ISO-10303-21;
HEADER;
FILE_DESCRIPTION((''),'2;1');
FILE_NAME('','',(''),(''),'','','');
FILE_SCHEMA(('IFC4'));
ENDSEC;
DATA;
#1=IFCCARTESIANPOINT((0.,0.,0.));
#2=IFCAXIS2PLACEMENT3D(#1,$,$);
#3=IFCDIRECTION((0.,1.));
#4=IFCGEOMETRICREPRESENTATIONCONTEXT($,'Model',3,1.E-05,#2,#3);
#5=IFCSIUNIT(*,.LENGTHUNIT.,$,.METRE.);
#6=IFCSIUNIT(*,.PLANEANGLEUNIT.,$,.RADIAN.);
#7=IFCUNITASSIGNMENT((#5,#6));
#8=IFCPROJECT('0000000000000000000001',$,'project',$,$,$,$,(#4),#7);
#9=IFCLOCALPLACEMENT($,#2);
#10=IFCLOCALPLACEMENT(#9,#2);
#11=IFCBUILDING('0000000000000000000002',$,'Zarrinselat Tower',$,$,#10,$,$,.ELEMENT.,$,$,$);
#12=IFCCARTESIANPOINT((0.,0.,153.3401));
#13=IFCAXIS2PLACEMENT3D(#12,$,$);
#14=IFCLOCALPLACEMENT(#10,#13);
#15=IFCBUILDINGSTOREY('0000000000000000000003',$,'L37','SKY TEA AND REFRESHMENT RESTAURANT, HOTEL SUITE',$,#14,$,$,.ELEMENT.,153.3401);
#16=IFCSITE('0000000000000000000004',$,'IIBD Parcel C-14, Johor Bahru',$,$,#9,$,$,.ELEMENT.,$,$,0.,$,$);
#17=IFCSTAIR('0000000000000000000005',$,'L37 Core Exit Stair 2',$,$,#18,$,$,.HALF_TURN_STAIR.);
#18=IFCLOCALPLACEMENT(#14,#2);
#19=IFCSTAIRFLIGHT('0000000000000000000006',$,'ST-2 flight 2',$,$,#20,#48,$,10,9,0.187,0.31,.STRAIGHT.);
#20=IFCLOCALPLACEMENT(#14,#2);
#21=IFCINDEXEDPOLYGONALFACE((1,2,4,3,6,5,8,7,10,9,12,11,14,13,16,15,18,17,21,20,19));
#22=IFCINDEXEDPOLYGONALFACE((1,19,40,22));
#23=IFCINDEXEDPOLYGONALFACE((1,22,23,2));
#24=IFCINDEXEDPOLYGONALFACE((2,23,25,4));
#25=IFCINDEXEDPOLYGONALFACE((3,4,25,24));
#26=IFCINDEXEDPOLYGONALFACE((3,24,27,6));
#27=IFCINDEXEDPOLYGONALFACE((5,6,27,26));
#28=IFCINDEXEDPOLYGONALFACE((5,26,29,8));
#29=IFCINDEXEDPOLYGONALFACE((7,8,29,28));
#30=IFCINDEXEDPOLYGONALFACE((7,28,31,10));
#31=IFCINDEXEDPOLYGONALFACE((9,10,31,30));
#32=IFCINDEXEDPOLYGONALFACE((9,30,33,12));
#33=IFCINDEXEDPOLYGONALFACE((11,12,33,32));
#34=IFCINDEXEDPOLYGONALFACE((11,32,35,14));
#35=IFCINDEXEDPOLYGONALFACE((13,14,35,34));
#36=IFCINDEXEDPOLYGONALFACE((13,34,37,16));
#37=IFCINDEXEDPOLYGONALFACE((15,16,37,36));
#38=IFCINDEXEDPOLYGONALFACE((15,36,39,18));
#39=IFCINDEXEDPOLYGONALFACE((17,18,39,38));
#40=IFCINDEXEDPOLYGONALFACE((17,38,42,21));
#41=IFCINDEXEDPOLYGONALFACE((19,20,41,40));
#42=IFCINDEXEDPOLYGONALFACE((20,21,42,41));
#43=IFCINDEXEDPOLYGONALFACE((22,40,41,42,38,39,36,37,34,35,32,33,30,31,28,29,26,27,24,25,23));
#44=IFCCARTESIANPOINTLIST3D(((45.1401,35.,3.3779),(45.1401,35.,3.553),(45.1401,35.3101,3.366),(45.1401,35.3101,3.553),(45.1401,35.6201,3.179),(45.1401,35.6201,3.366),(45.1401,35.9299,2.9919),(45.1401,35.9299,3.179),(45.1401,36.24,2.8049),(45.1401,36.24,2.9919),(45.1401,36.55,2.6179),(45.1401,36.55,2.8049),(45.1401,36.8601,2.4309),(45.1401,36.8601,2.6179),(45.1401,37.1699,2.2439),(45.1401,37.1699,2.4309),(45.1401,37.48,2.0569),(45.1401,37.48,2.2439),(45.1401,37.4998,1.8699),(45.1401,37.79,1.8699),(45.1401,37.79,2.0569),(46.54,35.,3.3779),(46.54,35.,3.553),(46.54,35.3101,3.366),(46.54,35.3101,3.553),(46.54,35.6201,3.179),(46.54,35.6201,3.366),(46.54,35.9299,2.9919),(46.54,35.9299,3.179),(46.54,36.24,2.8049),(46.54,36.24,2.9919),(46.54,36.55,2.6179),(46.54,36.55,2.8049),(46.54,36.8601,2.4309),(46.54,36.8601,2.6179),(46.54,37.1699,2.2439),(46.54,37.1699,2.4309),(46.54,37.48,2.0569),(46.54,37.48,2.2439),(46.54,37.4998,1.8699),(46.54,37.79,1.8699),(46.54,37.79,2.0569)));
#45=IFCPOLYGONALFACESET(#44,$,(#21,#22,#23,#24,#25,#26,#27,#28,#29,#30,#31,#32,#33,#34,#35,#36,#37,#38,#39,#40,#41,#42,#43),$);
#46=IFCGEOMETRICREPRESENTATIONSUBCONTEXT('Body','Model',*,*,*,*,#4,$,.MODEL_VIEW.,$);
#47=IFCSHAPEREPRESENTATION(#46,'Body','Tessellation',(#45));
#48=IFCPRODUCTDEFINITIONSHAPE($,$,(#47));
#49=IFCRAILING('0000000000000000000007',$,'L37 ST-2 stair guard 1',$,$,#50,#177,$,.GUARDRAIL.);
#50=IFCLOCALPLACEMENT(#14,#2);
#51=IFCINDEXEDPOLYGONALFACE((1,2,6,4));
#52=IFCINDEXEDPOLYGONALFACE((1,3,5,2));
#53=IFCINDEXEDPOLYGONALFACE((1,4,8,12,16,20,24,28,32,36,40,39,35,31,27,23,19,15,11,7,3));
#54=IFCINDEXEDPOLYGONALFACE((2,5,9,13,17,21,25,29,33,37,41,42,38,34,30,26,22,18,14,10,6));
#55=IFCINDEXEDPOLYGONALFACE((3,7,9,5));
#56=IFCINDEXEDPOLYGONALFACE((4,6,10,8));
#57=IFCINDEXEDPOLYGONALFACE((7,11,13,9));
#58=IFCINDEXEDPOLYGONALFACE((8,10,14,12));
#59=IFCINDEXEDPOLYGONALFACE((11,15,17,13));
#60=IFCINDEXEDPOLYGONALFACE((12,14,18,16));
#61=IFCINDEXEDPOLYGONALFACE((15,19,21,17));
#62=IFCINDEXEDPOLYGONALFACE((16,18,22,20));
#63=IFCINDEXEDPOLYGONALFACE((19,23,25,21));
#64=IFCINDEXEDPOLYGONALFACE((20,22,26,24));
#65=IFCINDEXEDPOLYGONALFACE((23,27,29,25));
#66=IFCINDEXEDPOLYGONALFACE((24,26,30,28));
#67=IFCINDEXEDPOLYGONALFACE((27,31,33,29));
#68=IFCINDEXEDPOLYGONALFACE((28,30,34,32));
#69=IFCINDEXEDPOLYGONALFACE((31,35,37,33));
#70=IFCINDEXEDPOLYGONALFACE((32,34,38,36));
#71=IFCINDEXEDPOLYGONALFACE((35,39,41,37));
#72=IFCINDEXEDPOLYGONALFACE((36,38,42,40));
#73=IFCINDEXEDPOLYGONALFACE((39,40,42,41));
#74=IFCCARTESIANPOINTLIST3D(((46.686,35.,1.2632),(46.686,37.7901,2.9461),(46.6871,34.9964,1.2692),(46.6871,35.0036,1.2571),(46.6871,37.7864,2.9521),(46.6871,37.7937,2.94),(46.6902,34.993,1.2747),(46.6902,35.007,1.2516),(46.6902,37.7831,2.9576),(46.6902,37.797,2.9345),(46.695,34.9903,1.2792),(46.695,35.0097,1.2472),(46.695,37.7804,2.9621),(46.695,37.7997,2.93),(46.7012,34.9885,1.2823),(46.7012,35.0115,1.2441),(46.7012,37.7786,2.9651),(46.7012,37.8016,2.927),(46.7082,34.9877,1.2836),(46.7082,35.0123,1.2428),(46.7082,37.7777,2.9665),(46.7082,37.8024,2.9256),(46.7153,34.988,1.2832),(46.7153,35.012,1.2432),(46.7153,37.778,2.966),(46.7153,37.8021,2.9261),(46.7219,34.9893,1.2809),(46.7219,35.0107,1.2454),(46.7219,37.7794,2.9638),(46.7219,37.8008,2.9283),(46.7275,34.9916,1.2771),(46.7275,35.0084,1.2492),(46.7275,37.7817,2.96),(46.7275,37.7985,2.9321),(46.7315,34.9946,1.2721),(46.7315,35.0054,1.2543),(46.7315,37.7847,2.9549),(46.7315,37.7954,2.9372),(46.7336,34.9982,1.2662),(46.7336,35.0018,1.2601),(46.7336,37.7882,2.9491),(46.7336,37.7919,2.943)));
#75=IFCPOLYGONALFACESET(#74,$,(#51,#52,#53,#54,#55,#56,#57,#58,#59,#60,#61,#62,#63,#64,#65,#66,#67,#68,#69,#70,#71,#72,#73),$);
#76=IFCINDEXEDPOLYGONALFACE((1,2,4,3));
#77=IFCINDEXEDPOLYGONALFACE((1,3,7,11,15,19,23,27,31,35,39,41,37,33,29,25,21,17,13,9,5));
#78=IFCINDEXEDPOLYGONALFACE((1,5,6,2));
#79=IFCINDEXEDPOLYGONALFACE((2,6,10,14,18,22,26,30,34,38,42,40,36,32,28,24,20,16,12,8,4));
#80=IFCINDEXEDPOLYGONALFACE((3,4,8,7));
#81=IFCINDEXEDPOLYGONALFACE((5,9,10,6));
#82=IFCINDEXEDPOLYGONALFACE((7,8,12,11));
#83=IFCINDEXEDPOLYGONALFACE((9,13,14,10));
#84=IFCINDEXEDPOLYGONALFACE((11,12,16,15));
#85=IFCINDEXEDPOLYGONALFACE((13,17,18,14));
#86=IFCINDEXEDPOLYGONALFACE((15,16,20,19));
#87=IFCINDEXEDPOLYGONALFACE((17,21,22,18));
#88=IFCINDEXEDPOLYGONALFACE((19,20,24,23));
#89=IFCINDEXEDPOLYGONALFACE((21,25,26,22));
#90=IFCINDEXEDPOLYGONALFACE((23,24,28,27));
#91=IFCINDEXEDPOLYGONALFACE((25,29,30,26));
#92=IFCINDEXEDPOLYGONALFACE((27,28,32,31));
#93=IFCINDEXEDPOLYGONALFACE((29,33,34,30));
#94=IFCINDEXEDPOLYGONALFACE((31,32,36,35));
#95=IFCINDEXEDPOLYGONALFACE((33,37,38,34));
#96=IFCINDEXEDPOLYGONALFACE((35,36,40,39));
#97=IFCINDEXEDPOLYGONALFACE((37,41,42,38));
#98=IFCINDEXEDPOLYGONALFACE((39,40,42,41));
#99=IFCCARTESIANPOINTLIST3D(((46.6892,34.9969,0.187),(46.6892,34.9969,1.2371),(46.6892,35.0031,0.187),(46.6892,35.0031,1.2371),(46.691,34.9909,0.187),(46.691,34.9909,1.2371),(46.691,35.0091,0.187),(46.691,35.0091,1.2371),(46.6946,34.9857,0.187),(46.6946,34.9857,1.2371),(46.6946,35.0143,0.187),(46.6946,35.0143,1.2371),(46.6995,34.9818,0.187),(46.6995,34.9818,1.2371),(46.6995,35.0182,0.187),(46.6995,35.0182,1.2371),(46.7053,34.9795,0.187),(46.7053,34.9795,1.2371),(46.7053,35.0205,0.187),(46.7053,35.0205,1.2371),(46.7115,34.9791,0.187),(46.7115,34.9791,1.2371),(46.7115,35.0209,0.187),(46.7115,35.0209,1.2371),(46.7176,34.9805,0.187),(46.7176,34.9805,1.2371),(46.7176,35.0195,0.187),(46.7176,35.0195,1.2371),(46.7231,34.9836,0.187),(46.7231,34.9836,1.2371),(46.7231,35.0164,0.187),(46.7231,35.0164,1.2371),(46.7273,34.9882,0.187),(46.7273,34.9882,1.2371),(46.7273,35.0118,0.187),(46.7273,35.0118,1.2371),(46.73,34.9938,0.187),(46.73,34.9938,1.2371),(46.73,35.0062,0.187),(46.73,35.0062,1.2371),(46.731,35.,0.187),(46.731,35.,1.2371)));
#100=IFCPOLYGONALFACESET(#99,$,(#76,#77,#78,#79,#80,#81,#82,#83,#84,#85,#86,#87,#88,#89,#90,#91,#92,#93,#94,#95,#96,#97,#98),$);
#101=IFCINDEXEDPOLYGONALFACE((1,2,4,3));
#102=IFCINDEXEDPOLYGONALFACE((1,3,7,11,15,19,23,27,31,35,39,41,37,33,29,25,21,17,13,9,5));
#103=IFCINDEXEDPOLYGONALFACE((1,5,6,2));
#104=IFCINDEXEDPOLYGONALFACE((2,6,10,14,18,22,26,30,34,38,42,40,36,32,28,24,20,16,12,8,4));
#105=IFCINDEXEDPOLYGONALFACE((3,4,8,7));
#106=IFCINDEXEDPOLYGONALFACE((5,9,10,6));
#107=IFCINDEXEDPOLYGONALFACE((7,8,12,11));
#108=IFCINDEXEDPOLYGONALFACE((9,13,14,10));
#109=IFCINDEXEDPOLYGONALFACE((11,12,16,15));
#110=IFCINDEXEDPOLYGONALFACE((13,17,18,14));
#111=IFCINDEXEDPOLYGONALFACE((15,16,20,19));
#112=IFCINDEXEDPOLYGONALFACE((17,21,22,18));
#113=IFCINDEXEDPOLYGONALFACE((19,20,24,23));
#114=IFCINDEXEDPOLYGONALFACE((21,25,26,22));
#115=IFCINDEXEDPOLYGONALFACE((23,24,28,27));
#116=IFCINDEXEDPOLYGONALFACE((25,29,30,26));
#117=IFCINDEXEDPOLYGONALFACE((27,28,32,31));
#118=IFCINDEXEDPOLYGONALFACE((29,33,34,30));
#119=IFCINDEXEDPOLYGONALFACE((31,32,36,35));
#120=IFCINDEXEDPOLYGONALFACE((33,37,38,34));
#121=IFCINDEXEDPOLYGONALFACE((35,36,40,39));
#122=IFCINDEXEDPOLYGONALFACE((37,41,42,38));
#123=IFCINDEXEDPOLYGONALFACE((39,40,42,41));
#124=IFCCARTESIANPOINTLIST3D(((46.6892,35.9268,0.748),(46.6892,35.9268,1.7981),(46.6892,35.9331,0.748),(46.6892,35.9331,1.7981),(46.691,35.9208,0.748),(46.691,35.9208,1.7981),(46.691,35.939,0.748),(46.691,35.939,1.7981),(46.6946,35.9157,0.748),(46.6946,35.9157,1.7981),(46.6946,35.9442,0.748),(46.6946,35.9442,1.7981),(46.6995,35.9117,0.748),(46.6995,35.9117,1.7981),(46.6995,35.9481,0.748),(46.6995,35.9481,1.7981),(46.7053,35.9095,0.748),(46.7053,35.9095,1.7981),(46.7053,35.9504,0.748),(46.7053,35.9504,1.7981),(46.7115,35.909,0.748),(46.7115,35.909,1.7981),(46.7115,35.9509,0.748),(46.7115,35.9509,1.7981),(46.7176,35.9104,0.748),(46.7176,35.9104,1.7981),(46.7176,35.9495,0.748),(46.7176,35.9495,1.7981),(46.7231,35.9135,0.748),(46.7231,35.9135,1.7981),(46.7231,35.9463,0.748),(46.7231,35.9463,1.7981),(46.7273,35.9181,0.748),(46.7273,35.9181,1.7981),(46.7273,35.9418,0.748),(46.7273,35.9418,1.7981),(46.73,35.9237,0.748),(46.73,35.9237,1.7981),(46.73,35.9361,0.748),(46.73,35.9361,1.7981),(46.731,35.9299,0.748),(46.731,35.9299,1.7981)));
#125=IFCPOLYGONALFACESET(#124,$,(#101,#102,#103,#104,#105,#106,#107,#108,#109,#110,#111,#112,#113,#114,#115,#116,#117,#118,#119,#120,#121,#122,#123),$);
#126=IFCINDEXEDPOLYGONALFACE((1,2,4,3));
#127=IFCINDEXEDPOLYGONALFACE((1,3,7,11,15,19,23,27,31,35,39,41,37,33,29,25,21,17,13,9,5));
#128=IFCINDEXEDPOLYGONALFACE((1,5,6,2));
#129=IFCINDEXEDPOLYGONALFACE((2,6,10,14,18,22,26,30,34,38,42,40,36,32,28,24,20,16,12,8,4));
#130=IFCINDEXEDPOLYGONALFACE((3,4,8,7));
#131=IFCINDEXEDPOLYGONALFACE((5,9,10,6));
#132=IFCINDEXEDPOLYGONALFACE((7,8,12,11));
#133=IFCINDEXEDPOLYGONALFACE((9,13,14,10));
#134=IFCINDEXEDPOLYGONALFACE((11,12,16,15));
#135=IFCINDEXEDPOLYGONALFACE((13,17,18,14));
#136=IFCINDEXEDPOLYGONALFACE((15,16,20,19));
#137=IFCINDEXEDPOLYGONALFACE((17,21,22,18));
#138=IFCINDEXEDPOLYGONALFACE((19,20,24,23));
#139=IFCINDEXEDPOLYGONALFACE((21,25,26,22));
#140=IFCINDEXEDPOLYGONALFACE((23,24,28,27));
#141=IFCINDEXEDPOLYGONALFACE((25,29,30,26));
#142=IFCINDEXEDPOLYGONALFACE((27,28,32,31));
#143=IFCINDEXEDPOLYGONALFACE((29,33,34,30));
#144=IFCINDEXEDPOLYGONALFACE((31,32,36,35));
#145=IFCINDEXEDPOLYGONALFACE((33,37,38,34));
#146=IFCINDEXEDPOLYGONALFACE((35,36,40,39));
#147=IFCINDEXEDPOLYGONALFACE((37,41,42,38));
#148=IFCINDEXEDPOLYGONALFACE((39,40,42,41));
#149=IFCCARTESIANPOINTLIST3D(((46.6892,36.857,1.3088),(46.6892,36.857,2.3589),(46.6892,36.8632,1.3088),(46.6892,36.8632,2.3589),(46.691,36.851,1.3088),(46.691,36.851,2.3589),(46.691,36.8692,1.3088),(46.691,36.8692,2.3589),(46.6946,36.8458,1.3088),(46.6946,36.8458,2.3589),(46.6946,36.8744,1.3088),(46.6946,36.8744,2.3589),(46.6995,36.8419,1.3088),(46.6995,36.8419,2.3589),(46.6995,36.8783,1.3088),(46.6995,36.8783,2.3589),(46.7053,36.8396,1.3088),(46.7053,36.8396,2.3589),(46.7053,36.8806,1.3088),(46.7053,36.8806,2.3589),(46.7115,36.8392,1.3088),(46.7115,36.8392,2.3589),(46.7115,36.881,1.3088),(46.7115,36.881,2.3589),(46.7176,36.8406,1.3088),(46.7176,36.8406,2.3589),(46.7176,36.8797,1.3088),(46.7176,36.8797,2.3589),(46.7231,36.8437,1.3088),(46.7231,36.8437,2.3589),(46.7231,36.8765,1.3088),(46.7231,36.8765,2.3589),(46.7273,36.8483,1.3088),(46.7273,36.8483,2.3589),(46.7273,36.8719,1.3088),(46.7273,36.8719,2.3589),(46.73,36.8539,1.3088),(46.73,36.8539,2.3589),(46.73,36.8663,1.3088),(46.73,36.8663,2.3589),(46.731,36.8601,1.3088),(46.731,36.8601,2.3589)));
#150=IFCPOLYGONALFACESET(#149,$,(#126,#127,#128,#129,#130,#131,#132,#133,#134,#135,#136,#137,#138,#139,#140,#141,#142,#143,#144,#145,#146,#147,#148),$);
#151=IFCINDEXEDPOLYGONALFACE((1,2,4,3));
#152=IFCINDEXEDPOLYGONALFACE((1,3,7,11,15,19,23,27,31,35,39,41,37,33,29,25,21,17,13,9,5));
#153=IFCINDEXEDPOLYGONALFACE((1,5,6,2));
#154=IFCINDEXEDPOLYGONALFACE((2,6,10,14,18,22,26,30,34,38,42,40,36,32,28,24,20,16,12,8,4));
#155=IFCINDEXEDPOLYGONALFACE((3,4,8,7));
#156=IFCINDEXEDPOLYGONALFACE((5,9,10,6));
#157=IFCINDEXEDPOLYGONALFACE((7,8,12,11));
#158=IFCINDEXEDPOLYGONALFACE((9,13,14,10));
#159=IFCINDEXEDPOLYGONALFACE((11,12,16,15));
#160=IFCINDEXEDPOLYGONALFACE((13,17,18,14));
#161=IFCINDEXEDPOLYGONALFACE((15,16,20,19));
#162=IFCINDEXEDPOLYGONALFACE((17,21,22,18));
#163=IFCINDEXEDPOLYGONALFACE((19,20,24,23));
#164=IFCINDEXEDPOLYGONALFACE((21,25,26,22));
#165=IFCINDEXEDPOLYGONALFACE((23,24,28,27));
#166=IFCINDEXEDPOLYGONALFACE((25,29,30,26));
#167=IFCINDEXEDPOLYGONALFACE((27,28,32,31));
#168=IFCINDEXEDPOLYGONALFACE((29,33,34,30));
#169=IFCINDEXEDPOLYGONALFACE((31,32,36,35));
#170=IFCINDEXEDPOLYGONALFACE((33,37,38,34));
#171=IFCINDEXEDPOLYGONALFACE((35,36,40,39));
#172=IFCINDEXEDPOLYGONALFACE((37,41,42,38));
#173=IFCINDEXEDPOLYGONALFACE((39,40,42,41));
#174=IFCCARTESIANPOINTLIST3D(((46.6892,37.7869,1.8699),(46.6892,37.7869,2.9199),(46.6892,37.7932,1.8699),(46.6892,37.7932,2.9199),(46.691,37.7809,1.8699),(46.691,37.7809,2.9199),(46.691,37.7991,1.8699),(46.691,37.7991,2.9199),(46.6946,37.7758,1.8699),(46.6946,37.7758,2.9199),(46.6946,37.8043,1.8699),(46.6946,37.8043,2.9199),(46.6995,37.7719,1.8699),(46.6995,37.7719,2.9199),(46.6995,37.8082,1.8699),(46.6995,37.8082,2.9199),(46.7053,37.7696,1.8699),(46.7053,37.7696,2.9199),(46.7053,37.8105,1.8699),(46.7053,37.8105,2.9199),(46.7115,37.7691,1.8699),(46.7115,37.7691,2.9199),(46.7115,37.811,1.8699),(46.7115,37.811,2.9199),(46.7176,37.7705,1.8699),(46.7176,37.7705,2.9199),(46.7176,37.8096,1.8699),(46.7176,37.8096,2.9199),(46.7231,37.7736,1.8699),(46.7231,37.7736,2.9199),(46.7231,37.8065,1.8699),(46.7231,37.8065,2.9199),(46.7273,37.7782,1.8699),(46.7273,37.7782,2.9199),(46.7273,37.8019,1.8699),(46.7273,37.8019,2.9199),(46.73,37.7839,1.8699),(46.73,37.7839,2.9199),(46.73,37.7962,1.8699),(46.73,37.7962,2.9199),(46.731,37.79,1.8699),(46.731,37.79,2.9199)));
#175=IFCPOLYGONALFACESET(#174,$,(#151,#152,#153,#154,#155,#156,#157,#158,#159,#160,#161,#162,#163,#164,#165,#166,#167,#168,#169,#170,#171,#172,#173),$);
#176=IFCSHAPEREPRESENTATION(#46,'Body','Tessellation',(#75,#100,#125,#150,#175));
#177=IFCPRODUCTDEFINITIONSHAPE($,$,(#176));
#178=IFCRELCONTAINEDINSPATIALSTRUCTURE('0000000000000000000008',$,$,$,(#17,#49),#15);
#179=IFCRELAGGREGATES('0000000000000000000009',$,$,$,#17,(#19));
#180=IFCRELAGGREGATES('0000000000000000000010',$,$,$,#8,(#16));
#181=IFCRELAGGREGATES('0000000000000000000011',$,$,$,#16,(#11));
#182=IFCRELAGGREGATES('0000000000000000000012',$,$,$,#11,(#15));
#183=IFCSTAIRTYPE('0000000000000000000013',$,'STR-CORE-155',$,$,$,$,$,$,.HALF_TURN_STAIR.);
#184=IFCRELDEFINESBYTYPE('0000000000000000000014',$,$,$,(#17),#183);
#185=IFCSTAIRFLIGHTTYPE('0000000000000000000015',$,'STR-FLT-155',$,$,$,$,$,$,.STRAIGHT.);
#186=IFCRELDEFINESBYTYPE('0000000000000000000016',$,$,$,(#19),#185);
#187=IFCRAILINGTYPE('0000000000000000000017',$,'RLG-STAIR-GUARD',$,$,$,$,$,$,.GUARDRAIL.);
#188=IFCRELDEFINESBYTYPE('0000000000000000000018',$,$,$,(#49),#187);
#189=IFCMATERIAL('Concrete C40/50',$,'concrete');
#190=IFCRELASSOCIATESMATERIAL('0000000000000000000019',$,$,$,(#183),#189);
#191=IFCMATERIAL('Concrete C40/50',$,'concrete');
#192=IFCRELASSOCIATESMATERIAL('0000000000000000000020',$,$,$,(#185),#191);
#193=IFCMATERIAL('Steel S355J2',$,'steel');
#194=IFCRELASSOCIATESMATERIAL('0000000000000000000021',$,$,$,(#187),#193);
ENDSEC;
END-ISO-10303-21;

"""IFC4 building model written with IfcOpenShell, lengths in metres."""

from ifc_helpers import new_model, si_unit, direction, frame, origin, origin_2d, place, context, subcontext, project, spatial, polyline, circle, outline, extrude, material, type_object, element, aggregate, save


model = new_model("IFC4")

# Units and contexts
model_context = context("Model", 3, precision=1e-05, world=origin(), true_north=direction((0.0, 1.0)))
body_context = subcontext(model_context, "Body", "Model", "MODEL_VIEW")
ifc_project = project(units=[si_unit("LENGTHUNIT", "METRE"), si_unit("PLANEANGLEUNIT", "RADIAN")], contexts=[model_context])

# Site, building, storey
site_placement = place(None, origin())
site = spatial("IfcSite", under=ifc_project, at=site_placement, Name="IIBD Parcel C-14, Johor Bahru", CompositionType="ELEMENT", RefElevation=0.0)
building_placement = place(site_placement, origin())
building = spatial("IfcBuilding", under=site, at=building_placement, Name="Zarrinselat Tower", CompositionType="ELEMENT")
storey_placement = place(building_placement, frame((0.0, 0.0, 153.3401)))
storey = spatial("IfcBuildingStorey", under=building, at=storey_placement, Name="L37", Description="SKY TEA AND REFRESHMENT RESTAURANT, HOTEL SUITE", CompositionType="ELEMENT", Elevation=153.3401)

# Stair, stair flight
ifc_material_1 = material(Name="Concrete C40/50", Category="concrete")
stair_type = type_object("IfcStairType", Name="STR-CORE-155", PredefinedType="HALF_TURN_STAIR", material=ifc_material_1)
stair_placement = place(storey_placement, origin())
stair = element("IfcStair", 1, at=stair_placement, inside=storey, type_object=stair_type, Name="L37 Core Exit Stair 2", PredefinedType="HALF_TURN_STAIR")
ifc_material_2 = material(Name="Concrete C40/50", Category="concrete")
stair_flight_type = type_object("IfcStairFlightType", Name="STR-FLT-155", PredefinedType="STRAIGHT", material=ifc_material_2)
stair_flight_1_placement = place(storey_placement, frame((45.8401, 37.79, 1.8699), z_axis=(0.0, 0.0, 1.0), x_axis=(0.0, -1.0, 0.0)))
stair_flight_1 = element("IfcStairFlight", 2, at=stair_flight_1_placement, type_object=stair_flight_type, Name="ST-2 flight 2", NumberOfRisers=10, NumberOfTreads=9, PredefinedType="STRAIGHT", RiserHeight=0.187, TreadLength=0.31, context=body_context, shape_type="SweptSolid", body=[
    extrude(outline(polyline([(0.0, 0.0), (0.0, 0.187), (0.3101, 0.187), (0.3101, 0.374), (0.6201, 0.374), (0.6201, 0.561), (0.9299, 0.561), (0.9299, 0.748), (1.24, 0.748), (1.24, 0.9351), (1.55, 0.9351), (1.55, 1.1221), (1.8601, 1.1221), (1.8601, 1.3091), (2.1699, 1.3091), (2.1699, 1.4961), (2.48, 1.4961), (2.48, 1.6831), (2.79, 1.6831), (2.79, 1.8701), (2.79, 1.5081), (0.2903, 0.0), (0.0, 0.0)])), frame((0.0, 0.7, 0.0), z_axis=(0.0, -1.0, 0.0), x_axis=(1.0, 0.0, 0.0)), (0.0, 0.0, 1.0), 1.3999),
])
aggregate(stair, [stair_flight_1])

# Railing
ifc_material_3 = material(Name="Steel S355J2", Category="steel")
railing_type_1 = type_object("IfcRailingType", Name="RLG-STAIR-GUARD", PredefinedType="GUARDRAIL", material=ifc_material_3)
railing_1_placement = place(storey_placement, frame((46.71, 35.0, 0.187)))
element("IfcRailing", 3, at=railing_1_placement, inside=storey, type_object=railing_type_1, Name="L37 ST-2 stair guard 1", PredefinedType="GUARDRAIL", context=body_context, shape_type="SweptSolid", body=[
    extrude(circle(Radius=0.0239, at=origin_2d()), frame((0.0, 0.0, 1.0762), z_axis=(0.0, 0.856294, 0.516489), x_axis=(-1.0, 0.0, 0.0)), (0.0, 0.0, 1.0), 3.2583),
    extrude(circle(Radius=0.021, at=origin_2d()), origin(), (0.0, 0.0, 1.0), 1.05),
    extrude(circle(Radius=0.021, at=origin_2d()), frame((0.0, 0.9299, 0.561)), (0.0, 0.0, 1.0), 1.05),
    extrude(circle(Radius=0.021, at=origin_2d()), frame((0.0, 1.8601, 1.1218)), (0.0, 0.0, 1.0), 1.05),
    extrude(circle(Radius=0.021, at=origin_2d()), frame((0.0, 2.79, 1.6829)), (0.0, 0.0, 1.0), 1.05),
])

save(model, "model.ifc")
